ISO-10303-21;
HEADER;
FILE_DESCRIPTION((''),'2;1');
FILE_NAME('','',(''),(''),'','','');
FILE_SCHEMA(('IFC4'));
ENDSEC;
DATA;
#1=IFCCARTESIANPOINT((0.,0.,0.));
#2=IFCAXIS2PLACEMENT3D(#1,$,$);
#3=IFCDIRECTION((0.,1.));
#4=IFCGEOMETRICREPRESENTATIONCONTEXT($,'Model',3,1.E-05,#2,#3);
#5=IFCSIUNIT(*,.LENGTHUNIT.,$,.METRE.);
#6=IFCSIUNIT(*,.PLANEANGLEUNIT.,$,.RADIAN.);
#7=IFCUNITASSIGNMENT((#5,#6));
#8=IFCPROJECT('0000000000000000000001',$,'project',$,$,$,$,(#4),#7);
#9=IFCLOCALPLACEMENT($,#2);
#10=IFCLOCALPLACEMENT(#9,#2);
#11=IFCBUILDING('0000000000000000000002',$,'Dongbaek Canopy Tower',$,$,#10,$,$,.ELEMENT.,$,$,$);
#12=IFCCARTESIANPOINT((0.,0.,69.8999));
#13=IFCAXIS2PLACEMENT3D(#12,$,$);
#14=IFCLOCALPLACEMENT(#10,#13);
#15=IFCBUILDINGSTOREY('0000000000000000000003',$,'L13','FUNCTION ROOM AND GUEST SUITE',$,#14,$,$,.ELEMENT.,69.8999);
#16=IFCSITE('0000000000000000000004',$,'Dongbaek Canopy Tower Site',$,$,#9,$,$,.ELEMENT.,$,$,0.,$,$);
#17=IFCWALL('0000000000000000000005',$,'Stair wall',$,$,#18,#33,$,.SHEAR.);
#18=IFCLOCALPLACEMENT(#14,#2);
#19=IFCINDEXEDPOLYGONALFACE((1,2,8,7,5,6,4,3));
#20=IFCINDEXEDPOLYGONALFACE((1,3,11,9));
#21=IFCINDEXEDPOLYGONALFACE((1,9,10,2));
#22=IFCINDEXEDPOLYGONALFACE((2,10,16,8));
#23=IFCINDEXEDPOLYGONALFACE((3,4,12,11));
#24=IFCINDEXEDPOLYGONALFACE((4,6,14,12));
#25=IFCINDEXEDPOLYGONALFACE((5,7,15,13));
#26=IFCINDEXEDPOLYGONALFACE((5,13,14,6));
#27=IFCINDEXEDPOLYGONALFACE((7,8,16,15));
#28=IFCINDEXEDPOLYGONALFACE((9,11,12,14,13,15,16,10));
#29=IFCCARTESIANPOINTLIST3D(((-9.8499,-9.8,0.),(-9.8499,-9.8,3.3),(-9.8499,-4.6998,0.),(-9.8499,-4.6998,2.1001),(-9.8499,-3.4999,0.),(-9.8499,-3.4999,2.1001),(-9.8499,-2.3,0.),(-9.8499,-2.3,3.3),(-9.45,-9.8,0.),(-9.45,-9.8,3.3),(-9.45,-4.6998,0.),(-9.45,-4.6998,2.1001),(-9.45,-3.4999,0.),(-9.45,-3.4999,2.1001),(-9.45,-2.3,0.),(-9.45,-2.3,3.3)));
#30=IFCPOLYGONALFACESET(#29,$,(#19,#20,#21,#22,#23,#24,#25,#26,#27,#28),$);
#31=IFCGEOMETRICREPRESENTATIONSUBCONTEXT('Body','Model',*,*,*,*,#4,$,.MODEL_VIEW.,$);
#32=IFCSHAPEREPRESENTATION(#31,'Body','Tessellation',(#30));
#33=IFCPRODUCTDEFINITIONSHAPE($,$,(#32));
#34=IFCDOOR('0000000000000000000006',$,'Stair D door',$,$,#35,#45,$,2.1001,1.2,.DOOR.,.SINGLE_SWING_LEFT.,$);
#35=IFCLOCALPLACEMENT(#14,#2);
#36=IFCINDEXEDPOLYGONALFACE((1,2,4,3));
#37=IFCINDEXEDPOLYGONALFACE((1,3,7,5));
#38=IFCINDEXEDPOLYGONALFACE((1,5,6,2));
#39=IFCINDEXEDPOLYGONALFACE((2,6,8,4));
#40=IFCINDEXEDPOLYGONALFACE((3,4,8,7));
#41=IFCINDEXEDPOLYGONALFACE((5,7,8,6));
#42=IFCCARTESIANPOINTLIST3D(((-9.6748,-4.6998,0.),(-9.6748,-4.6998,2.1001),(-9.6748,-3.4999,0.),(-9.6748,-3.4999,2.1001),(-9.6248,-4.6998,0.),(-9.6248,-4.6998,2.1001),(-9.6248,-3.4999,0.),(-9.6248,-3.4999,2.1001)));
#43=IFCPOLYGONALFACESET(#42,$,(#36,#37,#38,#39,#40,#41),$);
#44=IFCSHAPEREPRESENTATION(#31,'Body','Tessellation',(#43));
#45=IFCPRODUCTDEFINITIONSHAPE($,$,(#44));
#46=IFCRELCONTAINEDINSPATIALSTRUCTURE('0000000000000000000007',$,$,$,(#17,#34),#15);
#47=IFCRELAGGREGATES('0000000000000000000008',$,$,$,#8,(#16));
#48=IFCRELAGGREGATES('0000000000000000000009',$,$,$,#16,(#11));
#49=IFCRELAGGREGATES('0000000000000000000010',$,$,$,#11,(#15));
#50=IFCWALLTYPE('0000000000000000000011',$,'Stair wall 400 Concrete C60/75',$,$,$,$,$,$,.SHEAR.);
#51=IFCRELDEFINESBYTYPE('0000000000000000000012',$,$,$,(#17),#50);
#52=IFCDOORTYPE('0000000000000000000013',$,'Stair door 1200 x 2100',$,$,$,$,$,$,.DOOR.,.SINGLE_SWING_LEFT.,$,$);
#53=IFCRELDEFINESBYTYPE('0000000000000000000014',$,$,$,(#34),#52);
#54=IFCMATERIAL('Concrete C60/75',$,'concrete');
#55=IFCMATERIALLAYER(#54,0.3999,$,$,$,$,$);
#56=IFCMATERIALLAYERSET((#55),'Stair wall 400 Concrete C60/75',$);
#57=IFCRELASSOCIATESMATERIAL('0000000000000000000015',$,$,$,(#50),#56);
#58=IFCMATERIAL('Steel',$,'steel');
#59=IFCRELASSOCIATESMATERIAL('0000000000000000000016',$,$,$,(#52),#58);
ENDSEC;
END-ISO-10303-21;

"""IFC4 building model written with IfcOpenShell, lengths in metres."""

from ifc_helpers import new_model, si_unit, direction, frame, frame_2d, origin, place, context, subcontext, project, spatial, rectangle, extrude, material, layer, layer_set, type_object, element, fill, save


model = new_model("IFC4")

# Units and contexts
model_context = context("Model", 3, precision=1e-05, world=origin(), true_north=direction((0.0, 1.0)))
body_context = subcontext(model_context, "Body", "Model", "MODEL_VIEW")
ifc_project = project(units=[si_unit("LENGTHUNIT", "METRE"), si_unit("PLANEANGLEUNIT", "RADIAN")], contexts=[model_context])

# Site, building, storey
site_placement = place(None, origin())
site = spatial("IfcSite", under=ifc_project, at=site_placement, Name="Dongbaek Canopy Tower Site", CompositionType="ELEMENT", RefElevation=0.0)
building_placement = place(site_placement, origin())
building = spatial("IfcBuilding", under=site, at=building_placement, Name="Dongbaek Canopy Tower", CompositionType="ELEMENT")
storey_placement = place(building_placement, frame((0.0, 0.0, 69.8999)))
storey = spatial("IfcBuildingStorey", under=building, at=storey_placement, Name="L13", Description="FUNCTION ROOM AND GUEST SUITE", CompositionType="ELEMENT", Elevation=69.8999)

# Wall, opening, door
ifc_material_1 = material(Name="Concrete C60/75", Category="concrete")
ifc_layer_1 = layer(ifc_material_1, 0.3999)
ifc_layer_set_1 = layer_set([ifc_layer_1], Name="Stair wall 400 Concrete C60/75")
wall_type_1 = type_object("IfcWallType", Name="Stair wall 400 Concrete C60/75", PredefinedType="SHEAR", material=ifc_layer_set_1)
wall_1_placement = place(storey_placement, frame((-9.6499, -9.8, 0.0), z_axis=(0.0, 0.0, 1.0), x_axis=(0.0, 1.0, 0.0)))
wall_1 = element("IfcWall", 1, at=wall_1_placement, inside=storey, type_object=wall_type_1, Name="Stair wall", PredefinedType="SHEAR", context=body_context, shape_type="SweptSolid", body=[
    extrude(rectangle(XDim=7.5, YDim=0.3999, at=frame_2d((3.75, 0.0))), origin(), (0.0, 0.0, 1.0), 3.3),
])
opening_1_placement = place(wall_1_placement, frame((5.1001, 0.0, 0.0)))
opening_1 = element("IfcOpeningElement", 2, at=opening_1_placement, cuts=wall_1, PredefinedType="OPENING", context=body_context, shape_type="SweptSolid", body=[
    extrude(rectangle(XDim=1.2, YDim=2.1001, at=frame_2d((0.6001, 1.05))), frame((0.0, 0.21, 0.0), z_axis=(0.0, -1.0, 0.0), x_axis=(1.0, 0.0, 0.0)), (0.0, 0.0, 1.0), 0.4199),
])
ifc_material_2 = material(Name="Steel", Category="steel")
door_type_1 = type_object("IfcDoorType", Name="Stair door 1200 x 2100", OperationType="SINGLE_SWING_LEFT", PredefinedType="DOOR", material=ifc_material_2)
door_1_placement = place(opening_1_placement, origin())
door_1 = element("IfcDoor", 3, at=door_1_placement, inside=storey, type_object=door_type_1, Name="Stair D door", OperationType="SINGLE_SWING_LEFT", OverallHeight=2.1001, OverallWidth=1.2, PredefinedType="DOOR", context=body_context, shape_type="SweptSolid", body=[
    extrude(rectangle(XDim=1.2, YDim=2.1001, at=frame_2d((0.6001, 1.05))), frame((0.0, 0.0249, 0.0), z_axis=(0.0, -1.0, 0.0), x_axis=(1.0, 0.0, 0.0)), (0.0, 0.0, 1.0), 0.05),
])
fill(opening_1, door_1)

save(model, "model.ifc")
